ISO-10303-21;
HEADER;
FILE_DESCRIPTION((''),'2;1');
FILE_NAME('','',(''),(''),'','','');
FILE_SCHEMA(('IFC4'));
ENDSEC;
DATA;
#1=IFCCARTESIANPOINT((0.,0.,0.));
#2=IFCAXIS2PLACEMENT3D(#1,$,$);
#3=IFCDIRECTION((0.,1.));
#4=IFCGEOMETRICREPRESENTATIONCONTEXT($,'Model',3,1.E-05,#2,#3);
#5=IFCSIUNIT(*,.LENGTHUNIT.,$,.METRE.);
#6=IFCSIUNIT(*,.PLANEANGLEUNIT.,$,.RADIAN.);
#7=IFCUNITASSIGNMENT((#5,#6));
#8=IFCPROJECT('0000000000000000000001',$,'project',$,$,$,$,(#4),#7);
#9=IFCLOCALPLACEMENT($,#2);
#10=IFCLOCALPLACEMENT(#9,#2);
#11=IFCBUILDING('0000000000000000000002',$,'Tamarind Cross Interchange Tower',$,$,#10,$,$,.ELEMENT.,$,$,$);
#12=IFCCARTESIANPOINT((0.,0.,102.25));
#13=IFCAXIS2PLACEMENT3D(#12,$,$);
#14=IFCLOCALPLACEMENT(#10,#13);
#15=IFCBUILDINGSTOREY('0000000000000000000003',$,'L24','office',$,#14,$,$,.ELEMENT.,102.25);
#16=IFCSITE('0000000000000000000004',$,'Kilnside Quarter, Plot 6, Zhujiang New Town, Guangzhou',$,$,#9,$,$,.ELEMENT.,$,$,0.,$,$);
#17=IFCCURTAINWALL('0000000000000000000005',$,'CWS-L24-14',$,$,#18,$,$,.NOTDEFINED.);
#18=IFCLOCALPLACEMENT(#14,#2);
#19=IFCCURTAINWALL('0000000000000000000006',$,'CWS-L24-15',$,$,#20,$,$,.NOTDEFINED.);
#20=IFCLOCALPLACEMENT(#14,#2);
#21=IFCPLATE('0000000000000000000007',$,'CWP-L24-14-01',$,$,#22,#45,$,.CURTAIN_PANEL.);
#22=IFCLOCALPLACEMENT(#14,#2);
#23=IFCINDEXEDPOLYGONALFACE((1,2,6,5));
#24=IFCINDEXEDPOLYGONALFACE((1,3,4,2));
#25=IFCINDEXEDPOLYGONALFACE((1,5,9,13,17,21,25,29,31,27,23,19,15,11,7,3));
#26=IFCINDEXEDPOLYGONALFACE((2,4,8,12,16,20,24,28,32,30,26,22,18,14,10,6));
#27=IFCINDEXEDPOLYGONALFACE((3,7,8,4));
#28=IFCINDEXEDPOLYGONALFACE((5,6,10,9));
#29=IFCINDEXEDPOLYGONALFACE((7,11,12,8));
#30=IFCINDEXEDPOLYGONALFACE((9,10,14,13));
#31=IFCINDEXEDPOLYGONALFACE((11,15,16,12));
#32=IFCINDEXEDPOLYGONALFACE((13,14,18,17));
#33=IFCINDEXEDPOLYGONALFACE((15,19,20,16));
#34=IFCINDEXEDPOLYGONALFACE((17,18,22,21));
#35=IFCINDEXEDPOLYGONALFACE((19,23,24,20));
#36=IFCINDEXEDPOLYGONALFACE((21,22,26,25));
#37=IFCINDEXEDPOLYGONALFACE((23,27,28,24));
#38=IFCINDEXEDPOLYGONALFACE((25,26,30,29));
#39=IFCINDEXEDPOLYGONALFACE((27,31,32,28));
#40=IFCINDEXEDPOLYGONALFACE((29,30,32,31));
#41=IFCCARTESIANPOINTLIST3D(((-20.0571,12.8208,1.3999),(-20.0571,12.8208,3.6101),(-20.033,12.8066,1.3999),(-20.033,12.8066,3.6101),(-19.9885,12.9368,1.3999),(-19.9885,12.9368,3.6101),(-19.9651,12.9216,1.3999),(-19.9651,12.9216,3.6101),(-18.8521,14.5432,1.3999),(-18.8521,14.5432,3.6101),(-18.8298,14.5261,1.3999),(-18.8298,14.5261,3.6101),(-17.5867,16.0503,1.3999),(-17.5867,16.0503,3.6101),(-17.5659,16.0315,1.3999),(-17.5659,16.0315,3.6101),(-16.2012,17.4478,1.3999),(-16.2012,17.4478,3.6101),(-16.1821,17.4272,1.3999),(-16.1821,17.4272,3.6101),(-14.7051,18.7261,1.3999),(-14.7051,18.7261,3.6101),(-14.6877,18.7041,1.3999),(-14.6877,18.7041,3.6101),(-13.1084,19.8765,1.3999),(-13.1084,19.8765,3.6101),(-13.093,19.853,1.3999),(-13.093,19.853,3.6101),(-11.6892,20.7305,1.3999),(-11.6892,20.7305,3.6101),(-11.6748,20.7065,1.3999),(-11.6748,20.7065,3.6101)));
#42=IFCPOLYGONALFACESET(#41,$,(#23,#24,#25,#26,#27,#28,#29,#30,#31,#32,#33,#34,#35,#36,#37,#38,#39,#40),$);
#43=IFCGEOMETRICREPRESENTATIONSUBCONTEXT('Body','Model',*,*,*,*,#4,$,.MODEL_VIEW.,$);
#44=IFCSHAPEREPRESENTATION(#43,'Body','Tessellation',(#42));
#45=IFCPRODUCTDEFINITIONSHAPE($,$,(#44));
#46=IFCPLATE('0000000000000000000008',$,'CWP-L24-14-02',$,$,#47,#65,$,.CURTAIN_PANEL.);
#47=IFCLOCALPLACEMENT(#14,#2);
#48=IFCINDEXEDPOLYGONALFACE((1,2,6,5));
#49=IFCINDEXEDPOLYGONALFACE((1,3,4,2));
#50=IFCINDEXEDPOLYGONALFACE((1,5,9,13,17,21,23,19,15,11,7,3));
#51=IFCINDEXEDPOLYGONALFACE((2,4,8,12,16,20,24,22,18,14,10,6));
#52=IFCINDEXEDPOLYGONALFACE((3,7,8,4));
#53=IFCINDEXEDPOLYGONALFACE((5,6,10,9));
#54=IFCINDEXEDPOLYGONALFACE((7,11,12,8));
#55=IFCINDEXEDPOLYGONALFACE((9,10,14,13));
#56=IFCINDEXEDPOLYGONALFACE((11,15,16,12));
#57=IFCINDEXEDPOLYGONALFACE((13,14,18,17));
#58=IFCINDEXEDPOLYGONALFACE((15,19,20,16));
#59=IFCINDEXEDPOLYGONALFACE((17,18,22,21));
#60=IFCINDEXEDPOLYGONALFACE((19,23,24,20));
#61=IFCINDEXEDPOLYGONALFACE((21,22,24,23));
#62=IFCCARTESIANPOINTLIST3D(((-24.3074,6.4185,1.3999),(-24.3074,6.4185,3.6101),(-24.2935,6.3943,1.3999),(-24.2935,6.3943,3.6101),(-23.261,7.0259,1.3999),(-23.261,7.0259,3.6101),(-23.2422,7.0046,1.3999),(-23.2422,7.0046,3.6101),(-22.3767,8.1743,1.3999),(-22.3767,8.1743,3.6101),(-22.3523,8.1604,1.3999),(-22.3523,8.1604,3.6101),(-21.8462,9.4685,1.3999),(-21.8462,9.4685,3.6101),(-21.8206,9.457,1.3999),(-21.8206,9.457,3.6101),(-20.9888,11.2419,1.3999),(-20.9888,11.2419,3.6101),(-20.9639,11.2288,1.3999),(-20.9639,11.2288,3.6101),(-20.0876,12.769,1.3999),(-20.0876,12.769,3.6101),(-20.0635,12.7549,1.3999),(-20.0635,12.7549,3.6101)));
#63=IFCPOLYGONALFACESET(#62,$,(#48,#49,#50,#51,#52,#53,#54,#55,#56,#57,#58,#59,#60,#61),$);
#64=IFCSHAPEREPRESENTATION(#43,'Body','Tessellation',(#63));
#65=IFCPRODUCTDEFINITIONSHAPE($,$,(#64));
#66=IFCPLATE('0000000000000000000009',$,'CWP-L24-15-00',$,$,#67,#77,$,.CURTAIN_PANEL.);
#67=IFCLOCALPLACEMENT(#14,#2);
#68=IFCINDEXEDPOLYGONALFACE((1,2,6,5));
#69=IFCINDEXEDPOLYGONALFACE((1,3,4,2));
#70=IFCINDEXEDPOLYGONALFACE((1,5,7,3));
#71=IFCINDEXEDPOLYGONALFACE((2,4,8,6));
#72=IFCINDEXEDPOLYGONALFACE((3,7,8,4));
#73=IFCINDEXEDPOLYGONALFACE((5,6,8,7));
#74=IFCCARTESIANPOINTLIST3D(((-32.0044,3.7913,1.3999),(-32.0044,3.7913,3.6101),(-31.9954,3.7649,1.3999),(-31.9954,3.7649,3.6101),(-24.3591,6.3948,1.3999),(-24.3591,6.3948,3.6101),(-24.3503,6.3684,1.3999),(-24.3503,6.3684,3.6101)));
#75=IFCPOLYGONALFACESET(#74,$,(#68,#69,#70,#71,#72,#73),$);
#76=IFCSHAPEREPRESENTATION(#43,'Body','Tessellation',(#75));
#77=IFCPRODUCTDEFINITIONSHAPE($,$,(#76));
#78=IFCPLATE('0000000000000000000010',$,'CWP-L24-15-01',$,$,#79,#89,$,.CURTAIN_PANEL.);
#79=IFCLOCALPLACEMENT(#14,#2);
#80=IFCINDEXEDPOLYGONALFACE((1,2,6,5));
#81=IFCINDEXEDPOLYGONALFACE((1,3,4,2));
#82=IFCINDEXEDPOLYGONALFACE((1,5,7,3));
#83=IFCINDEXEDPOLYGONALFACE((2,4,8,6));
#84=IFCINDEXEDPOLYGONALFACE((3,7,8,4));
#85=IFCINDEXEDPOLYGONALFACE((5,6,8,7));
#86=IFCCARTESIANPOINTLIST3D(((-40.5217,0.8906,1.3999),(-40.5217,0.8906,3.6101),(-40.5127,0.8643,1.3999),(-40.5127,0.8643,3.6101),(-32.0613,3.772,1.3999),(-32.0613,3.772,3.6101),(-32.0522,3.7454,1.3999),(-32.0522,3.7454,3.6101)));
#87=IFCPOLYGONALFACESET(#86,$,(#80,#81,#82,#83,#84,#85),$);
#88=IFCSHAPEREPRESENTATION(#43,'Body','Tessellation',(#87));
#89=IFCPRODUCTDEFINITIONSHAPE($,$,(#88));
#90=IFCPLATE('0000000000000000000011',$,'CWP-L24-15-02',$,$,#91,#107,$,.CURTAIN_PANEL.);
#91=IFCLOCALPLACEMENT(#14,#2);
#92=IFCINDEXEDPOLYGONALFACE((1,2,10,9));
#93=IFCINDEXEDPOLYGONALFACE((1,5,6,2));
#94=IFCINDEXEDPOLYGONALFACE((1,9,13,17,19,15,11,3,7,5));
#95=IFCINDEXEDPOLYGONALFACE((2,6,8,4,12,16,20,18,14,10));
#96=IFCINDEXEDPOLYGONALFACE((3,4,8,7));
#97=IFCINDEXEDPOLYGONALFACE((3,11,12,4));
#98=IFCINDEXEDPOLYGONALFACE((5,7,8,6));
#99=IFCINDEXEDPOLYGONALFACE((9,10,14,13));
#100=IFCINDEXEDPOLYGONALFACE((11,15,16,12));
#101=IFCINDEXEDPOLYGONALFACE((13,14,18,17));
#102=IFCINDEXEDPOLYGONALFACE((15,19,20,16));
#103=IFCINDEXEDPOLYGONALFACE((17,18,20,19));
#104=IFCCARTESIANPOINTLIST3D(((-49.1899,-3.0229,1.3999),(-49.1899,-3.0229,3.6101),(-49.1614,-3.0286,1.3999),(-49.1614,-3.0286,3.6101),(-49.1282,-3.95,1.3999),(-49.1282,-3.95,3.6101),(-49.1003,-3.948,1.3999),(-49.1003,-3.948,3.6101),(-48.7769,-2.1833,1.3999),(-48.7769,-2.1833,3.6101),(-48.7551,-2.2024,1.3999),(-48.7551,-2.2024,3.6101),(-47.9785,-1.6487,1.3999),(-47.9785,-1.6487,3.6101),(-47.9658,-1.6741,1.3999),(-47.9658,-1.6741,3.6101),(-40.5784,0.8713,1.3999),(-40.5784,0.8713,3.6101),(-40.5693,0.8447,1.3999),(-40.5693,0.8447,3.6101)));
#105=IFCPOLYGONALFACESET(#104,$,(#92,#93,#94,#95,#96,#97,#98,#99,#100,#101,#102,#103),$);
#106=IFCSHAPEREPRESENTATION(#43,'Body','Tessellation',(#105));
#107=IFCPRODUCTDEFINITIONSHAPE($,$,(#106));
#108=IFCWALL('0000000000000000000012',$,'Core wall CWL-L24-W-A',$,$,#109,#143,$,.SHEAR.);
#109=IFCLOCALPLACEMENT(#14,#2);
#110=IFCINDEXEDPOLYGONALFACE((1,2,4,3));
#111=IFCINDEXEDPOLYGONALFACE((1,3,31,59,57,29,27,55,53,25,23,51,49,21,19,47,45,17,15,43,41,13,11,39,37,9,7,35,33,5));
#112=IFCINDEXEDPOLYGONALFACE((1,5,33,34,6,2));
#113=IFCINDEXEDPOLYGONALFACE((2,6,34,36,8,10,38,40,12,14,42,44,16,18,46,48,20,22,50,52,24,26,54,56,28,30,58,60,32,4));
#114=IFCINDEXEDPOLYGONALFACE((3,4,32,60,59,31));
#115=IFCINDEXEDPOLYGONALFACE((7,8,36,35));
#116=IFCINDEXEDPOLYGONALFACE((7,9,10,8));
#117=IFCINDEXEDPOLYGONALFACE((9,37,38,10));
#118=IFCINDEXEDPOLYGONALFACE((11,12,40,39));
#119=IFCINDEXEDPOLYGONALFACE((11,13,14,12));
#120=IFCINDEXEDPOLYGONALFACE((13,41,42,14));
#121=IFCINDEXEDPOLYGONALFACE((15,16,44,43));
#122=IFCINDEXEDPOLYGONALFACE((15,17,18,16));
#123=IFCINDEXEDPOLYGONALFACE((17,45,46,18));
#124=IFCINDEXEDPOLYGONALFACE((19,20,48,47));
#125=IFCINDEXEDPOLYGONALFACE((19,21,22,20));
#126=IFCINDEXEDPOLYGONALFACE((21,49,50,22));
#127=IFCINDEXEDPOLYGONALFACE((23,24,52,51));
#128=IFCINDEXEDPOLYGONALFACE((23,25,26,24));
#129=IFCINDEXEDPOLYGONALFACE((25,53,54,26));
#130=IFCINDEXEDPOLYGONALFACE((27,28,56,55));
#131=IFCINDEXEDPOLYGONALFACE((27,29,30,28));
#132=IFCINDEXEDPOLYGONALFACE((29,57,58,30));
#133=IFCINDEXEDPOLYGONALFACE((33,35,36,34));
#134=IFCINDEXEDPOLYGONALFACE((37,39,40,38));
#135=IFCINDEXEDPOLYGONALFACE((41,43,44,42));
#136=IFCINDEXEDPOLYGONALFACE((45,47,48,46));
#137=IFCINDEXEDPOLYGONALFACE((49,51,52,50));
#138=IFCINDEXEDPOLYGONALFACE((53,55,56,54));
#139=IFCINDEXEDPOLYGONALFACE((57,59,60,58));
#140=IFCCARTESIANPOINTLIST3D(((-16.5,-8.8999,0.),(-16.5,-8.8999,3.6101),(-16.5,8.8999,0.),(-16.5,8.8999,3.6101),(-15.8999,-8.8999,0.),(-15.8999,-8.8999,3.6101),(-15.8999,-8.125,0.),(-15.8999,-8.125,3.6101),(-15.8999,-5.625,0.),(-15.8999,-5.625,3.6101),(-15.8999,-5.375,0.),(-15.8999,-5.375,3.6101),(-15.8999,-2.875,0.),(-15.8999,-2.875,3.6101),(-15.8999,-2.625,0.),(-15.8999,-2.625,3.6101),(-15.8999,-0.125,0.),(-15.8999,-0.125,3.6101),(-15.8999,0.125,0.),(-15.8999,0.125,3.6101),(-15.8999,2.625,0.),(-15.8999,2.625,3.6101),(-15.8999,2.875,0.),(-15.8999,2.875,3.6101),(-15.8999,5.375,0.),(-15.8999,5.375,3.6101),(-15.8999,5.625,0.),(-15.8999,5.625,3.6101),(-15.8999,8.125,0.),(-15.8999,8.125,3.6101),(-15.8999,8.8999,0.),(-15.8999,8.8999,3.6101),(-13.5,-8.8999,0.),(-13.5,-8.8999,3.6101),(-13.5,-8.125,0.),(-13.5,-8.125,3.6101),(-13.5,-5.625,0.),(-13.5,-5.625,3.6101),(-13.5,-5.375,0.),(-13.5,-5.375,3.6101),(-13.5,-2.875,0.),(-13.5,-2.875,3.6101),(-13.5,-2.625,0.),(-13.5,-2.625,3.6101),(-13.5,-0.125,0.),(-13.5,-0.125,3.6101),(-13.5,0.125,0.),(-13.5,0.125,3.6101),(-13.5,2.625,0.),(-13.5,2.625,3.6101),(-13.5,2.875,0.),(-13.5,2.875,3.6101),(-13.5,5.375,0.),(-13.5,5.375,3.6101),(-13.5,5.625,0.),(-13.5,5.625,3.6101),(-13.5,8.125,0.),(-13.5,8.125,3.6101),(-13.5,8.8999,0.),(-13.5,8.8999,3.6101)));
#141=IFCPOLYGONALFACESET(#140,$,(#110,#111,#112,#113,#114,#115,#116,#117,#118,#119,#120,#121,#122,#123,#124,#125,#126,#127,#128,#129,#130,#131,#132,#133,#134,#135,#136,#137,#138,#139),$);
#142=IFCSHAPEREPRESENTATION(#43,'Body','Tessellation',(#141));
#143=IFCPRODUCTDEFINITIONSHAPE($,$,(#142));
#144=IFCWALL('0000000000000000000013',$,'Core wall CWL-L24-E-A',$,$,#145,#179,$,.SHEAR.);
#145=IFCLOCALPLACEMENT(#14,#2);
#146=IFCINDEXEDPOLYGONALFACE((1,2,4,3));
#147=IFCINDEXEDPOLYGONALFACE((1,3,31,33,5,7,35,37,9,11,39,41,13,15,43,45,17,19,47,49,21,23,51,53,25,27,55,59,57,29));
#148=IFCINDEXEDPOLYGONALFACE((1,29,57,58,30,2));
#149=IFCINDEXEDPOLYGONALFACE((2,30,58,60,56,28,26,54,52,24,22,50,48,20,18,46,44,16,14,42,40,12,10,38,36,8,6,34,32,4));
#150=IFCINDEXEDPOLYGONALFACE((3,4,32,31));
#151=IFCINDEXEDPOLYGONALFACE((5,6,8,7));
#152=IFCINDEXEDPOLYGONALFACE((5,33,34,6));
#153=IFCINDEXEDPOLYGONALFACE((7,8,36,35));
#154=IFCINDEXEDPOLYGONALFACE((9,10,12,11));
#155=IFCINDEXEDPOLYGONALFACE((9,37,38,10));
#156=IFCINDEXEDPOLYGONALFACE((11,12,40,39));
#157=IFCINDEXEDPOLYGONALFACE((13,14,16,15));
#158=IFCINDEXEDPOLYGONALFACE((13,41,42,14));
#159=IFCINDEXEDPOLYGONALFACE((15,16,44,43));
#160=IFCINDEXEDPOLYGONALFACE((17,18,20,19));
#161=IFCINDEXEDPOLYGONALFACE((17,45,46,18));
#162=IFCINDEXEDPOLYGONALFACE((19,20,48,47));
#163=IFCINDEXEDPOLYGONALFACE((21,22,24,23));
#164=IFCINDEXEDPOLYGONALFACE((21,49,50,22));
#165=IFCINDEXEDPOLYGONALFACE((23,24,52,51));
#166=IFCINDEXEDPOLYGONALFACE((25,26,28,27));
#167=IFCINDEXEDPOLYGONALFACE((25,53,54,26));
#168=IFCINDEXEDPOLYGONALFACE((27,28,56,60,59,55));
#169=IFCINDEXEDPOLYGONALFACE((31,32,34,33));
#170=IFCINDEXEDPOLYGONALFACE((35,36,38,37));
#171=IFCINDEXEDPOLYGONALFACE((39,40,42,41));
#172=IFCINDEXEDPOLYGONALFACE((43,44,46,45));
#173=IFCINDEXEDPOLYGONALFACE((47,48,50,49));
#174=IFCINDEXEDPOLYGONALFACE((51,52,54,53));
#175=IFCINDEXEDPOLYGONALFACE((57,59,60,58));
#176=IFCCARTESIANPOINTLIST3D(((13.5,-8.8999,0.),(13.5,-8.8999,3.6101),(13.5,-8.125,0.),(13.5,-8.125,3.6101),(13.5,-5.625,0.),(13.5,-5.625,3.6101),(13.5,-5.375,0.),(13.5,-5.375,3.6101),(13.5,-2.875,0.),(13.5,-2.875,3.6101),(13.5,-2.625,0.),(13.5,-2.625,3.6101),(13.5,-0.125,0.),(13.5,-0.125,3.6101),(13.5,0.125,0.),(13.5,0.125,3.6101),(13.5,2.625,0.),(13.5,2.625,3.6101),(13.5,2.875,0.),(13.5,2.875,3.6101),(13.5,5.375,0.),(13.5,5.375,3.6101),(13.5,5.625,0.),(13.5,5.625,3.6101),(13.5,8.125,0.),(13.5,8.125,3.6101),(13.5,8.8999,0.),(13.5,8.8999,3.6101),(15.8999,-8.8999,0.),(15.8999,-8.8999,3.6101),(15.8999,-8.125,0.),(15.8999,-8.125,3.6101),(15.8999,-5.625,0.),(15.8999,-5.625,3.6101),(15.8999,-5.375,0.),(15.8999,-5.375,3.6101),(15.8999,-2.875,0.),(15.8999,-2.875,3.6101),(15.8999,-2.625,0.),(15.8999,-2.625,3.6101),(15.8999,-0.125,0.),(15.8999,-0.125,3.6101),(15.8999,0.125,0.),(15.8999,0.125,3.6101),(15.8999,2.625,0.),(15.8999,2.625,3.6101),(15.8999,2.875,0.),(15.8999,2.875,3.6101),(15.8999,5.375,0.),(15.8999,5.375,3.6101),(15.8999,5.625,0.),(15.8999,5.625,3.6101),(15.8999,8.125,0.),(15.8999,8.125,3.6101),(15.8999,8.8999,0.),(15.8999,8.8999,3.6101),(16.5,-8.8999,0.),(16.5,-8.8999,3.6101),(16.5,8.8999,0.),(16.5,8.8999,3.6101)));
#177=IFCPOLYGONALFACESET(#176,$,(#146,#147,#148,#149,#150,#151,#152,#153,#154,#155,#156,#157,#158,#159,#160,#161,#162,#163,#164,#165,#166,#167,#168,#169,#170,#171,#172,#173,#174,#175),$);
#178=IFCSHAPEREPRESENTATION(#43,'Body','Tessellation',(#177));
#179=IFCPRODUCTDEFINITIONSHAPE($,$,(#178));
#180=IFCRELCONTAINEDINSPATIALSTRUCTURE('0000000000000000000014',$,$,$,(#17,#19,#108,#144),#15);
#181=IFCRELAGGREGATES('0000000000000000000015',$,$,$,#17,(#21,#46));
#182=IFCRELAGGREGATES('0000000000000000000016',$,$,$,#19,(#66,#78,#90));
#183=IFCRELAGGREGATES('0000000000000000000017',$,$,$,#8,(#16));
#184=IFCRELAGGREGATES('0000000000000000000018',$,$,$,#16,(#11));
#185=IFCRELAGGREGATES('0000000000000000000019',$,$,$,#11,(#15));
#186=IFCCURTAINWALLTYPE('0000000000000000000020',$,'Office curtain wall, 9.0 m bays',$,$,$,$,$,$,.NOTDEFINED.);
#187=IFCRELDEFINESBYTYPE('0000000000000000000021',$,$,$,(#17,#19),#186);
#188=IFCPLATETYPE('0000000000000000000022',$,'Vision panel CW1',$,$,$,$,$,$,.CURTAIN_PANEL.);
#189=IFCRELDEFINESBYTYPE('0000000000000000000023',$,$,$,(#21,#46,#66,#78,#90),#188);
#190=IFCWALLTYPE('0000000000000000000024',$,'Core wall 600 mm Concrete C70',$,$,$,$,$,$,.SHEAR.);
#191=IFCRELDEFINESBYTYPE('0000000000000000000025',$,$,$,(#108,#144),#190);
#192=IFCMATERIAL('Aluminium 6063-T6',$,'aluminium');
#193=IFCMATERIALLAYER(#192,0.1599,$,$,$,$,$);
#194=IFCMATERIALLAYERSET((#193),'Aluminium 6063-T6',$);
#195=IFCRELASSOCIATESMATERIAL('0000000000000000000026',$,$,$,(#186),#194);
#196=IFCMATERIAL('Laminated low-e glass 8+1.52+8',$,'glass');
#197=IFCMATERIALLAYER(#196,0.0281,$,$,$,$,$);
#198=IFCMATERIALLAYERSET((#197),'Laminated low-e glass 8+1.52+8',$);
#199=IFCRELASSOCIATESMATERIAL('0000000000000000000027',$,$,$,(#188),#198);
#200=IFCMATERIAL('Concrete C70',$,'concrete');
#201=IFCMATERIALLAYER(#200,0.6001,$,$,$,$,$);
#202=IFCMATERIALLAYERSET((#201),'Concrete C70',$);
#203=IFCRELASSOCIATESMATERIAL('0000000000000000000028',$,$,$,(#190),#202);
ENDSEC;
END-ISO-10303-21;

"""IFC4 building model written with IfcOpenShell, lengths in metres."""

from ifc_helpers import new_model, si_unit, direction, frame, origin, place, context, subcontext, project, spatial, polyline, outline, extrude, material, layer, layer_set, type_object, element, aggregate, save


model = new_model("IFC4")

# Units and contexts
model_context = context("Model", 3, precision=1e-05, world=origin(), true_north=direction((0.0, 1.0)))
body_context = subcontext(model_context, "Body", "Model", "MODEL_VIEW")
ifc_project = project(units=[si_unit("LENGTHUNIT", "METRE"), si_unit("PLANEANGLEUNIT", "RADIAN")], contexts=[model_context])

# Site, building, storey
site_placement = place(None, origin())
site = spatial("IfcSite", under=ifc_project, at=site_placement, Name="Kilnside Quarter, Plot 6, Zhujiang New Town, Guangzhou", CompositionType="ELEMENT", RefElevation=0.0)
building_placement = place(site_placement, origin())
building = spatial("IfcBuilding", under=site, at=building_placement, Name="Tamarind Cross Interchange Tower", CompositionType="ELEMENT")
storey_placement = place(building_placement, frame((0.0, 0.0, 102.25)))
storey = spatial("IfcBuildingStorey", under=building, at=storey_placement, Name="L24", Description="office", CompositionType="ELEMENT", Elevation=102.25)

# Curtain walls
ifc_material_1 = material(Name="Aluminium 6063-T6", Category="aluminium")
ifc_layer_1 = layer(ifc_material_1, 0.1599)
ifc_layer_set_1 = layer_set([ifc_layer_1], Name="Aluminium 6063-T6")
curtain_wall_type = type_object("IfcCurtainWallType", Name="Office curtain wall, 9.0 m bays", PredefinedType="NOTDEFINED", material=ifc_layer_set_1)
curtain_wall_1_placement = place(storey_placement, origin())
curtain_wall_1 = element("IfcCurtainWall", 1, at=curtain_wall_1_placement, inside=storey, type_object=curtain_wall_type, Name="CWS-L24-14", PredefinedType="NOTDEFINED")
curtain_wall_2_placement = place(storey_placement, origin())
curtain_wall_2 = element("IfcCurtainWall", 2, at=curtain_wall_2_placement, inside=storey, type_object=curtain_wall_type, Name="CWS-L24-15", PredefinedType="NOTDEFINED")

# Plates
ifc_material_2 = material(Name="Laminated low-e glass 8+1.52+8", Category="glass")
ifc_layer_2 = layer(ifc_material_2, 0.0281)
ifc_layer_set_2 = layer_set([ifc_layer_2], Name="Laminated low-e glass 8+1.52+8")
plate_type = type_object("IfcPlateType", Name="Vision panel CW1", PredefinedType="CURTAIN_PANEL", material=ifc_layer_set_2)
plate_1_placement = place(storey_placement, frame((0.0, 0.0, 1.3999)))
plate_1 = element("IfcPlate", 3, at=plate_1_placement, type_object=plate_type, Name="CWP-L24-14-01", PredefinedType="CURTAIN_PANEL", context=body_context, shape_type="SweptSolid", body=[
    extrude(outline(polyline([(-11.6748, 20.7065), (-13.093, 19.853), (-14.6877, 18.7041), (-16.1821, 17.4272), (-17.5659, 16.0315), (-18.8298, 14.5261), (-19.9651, 12.9216), (-20.033, 12.8066), (-20.0571, 12.8208), (-19.9885, 12.9368), (-18.8521, 14.5432), (-17.5867, 16.0503), (-16.2012, 17.4478), (-14.7051, 18.7261), (-13.1084, 19.8765), (-11.6892, 20.7305), (-11.6748, 20.7065)])), origin(), (0.0, 0.0, 1.0), 2.2102),
])
plate_2_placement = place(storey_placement, frame((0.0, 0.0, 1.3999)))
plate_2 = element("IfcPlate", 4, at=plate_2_placement, type_object=plate_type, Name="CWP-L24-14-02", PredefinedType="CURTAIN_PANEL", context=body_context, shape_type="SweptSolid", body=[
    extrude(outline(polyline([(-20.0635, 12.7549), (-20.9639, 11.2288), (-21.8206, 9.457), (-22.3523, 8.1604), (-23.2422, 7.0046), (-24.2935, 6.3943), (-24.3074, 6.4185), (-23.261, 7.0259), (-22.3767, 8.1743), (-21.8462, 9.4685), (-20.9888, 11.2419), (-20.0876, 12.769), (-20.0635, 12.7549)])), origin(), (0.0, 0.0, 1.0), 2.2102),
])
aggregate(curtain_wall_1, [plate_1, plate_2])
plate_3_placement = place(storey_placement, frame((0.0, 0.0, 1.3999)))
plate_3 = element("IfcPlate", 5, at=plate_3_placement, type_object=plate_type, Name="CWP-L24-15-00", PredefinedType="CURTAIN_PANEL", context=body_context, shape_type="SweptSolid", body=[
    extrude(outline(polyline([(-24.3503, 6.3684), (-31.9954, 3.7649), (-32.0044, 3.7913), (-24.3591, 6.3948), (-24.3503, 6.3684)])), origin(), (0.0, 0.0, 1.0), 2.2102),
])
plate_4_placement = place(storey_placement, frame((0.0, 0.0, 1.3999)))
plate_4 = element("IfcPlate", 6, at=plate_4_placement, type_object=plate_type, Name="CWP-L24-15-01", PredefinedType="CURTAIN_PANEL", context=body_context, shape_type="SweptSolid", body=[
    extrude(outline(polyline([(-32.0522, 3.7454), (-40.5127, 0.8643), (-40.5217, 0.8906), (-32.0613, 3.772), (-32.0522, 3.7454)])), origin(), (0.0, 0.0, 1.0), 2.2102),
])
plate_5_placement = place(storey_placement, frame((0.0, 0.0, 1.3999)))
plate_5 = element("IfcPlate", 7, at=plate_5_placement, type_object=plate_type, Name="CWP-L24-15-02", PredefinedType="CURTAIN_PANEL", context=body_context, shape_type="SweptSolid", body=[
    extrude(outline(polyline([(-40.5693, 0.8447), (-47.9658, -1.6741), (-48.7551, -2.2024), (-49.1614, -3.0286), (-49.1003, -3.948), (-49.1282, -3.95), (-49.1899, -3.0229), (-48.7769, -2.1833), (-47.9785, -1.6487), (-40.5784, 0.8713), (-40.5693, 0.8447)])), origin(), (0.0, 0.0, 1.0), 2.2102),
])
aggregate(curtain_wall_2, [plate_3, plate_4, plate_5])

# Walls
ifc_material_3 = material(Name="Concrete C70", Category="concrete")
ifc_layer_3 = layer(ifc_material_3, 0.6001)
ifc_layer_set_3 = layer_set([ifc_layer_3], Name="Concrete C70")
wall_type_1 = type_object("IfcWallType", Name="Core wall 600 mm Concrete C70", PredefinedType="SHEAR", material=ifc_layer_set_3)
wall_1_placement = place(storey_placement, origin())
element("IfcWall", 8, at=wall_1_placement, inside=storey, type_object=wall_type_1, Name="Core wall CWL-L24-W-A", PredefinedType="SHEAR", context=body_context, shape_type="SweptSolid", body=[
    extrude(outline(polyline([(-13.5, -8.8999), (-13.5, -8.125), (-15.8999, -8.125), (-15.8999, -5.625), (-13.5, -5.625), (-13.5, -5.375), (-15.8999, -5.375), (-15.8999, -2.875), (-13.5, -2.875), (-13.5, -2.625), (-15.8999, -2.625), (-15.8999, -0.125), (-13.5, -0.125), (-13.5, 0.125), (-15.8999, 0.125), (-15.8999, 2.625), (-13.5, 2.625), (-13.5, 2.875), (-15.8999, 2.875), (-15.8999, 5.375), (-13.5, 5.375), (-13.5, 5.625), (-15.8999, 5.625), (-15.8999, 8.125), (-13.5, 8.125), (-13.5, 8.8999), (-15.8999, 8.8999), (-16.5, 8.8999), (-16.5, -8.8999), (-15.8999, -8.8999), (-13.5, -8.8999)])), origin(), (0.0, 0.0, 1.0), 3.6101),
])
wall_2_placement = place(storey_placement, origin())
element("IfcWall", 9, at=wall_2_placement, inside=storey, type_object=wall_type_1, Name="Core wall CWL-L24-E-A", PredefinedType="SHEAR", context=body_context, shape_type="SweptSolid", body=[
    extrude(outline(polyline([(13.5, -8.8999), (15.8999, -8.8999), (16.5, -8.8999), (16.5, 8.8999), (15.8999, 8.8999), (13.5, 8.8999), (13.5, 8.125), (15.8999, 8.125), (15.8999, 5.625), (13.5, 5.625), (13.5, 5.375), (15.8999, 5.375), (15.8999, 2.875), (13.5, 2.875), (13.5, 2.625), (15.8999, 2.625), (15.8999, 0.125), (13.5, 0.125), (13.5, -0.125), (15.8999, -0.125), (15.8999, -2.625), (13.5, -2.625), (13.5, -2.875), (15.8999, -2.875), (15.8999, -5.375), (13.5, -5.375), (13.5, -5.625), (15.8999, -5.625), (15.8999, -8.125), (13.5, -8.125), (13.5, -8.8999)])), origin(), (0.0, 0.0, 1.0), 3.6101),
])

save(model, "model.ifc")
